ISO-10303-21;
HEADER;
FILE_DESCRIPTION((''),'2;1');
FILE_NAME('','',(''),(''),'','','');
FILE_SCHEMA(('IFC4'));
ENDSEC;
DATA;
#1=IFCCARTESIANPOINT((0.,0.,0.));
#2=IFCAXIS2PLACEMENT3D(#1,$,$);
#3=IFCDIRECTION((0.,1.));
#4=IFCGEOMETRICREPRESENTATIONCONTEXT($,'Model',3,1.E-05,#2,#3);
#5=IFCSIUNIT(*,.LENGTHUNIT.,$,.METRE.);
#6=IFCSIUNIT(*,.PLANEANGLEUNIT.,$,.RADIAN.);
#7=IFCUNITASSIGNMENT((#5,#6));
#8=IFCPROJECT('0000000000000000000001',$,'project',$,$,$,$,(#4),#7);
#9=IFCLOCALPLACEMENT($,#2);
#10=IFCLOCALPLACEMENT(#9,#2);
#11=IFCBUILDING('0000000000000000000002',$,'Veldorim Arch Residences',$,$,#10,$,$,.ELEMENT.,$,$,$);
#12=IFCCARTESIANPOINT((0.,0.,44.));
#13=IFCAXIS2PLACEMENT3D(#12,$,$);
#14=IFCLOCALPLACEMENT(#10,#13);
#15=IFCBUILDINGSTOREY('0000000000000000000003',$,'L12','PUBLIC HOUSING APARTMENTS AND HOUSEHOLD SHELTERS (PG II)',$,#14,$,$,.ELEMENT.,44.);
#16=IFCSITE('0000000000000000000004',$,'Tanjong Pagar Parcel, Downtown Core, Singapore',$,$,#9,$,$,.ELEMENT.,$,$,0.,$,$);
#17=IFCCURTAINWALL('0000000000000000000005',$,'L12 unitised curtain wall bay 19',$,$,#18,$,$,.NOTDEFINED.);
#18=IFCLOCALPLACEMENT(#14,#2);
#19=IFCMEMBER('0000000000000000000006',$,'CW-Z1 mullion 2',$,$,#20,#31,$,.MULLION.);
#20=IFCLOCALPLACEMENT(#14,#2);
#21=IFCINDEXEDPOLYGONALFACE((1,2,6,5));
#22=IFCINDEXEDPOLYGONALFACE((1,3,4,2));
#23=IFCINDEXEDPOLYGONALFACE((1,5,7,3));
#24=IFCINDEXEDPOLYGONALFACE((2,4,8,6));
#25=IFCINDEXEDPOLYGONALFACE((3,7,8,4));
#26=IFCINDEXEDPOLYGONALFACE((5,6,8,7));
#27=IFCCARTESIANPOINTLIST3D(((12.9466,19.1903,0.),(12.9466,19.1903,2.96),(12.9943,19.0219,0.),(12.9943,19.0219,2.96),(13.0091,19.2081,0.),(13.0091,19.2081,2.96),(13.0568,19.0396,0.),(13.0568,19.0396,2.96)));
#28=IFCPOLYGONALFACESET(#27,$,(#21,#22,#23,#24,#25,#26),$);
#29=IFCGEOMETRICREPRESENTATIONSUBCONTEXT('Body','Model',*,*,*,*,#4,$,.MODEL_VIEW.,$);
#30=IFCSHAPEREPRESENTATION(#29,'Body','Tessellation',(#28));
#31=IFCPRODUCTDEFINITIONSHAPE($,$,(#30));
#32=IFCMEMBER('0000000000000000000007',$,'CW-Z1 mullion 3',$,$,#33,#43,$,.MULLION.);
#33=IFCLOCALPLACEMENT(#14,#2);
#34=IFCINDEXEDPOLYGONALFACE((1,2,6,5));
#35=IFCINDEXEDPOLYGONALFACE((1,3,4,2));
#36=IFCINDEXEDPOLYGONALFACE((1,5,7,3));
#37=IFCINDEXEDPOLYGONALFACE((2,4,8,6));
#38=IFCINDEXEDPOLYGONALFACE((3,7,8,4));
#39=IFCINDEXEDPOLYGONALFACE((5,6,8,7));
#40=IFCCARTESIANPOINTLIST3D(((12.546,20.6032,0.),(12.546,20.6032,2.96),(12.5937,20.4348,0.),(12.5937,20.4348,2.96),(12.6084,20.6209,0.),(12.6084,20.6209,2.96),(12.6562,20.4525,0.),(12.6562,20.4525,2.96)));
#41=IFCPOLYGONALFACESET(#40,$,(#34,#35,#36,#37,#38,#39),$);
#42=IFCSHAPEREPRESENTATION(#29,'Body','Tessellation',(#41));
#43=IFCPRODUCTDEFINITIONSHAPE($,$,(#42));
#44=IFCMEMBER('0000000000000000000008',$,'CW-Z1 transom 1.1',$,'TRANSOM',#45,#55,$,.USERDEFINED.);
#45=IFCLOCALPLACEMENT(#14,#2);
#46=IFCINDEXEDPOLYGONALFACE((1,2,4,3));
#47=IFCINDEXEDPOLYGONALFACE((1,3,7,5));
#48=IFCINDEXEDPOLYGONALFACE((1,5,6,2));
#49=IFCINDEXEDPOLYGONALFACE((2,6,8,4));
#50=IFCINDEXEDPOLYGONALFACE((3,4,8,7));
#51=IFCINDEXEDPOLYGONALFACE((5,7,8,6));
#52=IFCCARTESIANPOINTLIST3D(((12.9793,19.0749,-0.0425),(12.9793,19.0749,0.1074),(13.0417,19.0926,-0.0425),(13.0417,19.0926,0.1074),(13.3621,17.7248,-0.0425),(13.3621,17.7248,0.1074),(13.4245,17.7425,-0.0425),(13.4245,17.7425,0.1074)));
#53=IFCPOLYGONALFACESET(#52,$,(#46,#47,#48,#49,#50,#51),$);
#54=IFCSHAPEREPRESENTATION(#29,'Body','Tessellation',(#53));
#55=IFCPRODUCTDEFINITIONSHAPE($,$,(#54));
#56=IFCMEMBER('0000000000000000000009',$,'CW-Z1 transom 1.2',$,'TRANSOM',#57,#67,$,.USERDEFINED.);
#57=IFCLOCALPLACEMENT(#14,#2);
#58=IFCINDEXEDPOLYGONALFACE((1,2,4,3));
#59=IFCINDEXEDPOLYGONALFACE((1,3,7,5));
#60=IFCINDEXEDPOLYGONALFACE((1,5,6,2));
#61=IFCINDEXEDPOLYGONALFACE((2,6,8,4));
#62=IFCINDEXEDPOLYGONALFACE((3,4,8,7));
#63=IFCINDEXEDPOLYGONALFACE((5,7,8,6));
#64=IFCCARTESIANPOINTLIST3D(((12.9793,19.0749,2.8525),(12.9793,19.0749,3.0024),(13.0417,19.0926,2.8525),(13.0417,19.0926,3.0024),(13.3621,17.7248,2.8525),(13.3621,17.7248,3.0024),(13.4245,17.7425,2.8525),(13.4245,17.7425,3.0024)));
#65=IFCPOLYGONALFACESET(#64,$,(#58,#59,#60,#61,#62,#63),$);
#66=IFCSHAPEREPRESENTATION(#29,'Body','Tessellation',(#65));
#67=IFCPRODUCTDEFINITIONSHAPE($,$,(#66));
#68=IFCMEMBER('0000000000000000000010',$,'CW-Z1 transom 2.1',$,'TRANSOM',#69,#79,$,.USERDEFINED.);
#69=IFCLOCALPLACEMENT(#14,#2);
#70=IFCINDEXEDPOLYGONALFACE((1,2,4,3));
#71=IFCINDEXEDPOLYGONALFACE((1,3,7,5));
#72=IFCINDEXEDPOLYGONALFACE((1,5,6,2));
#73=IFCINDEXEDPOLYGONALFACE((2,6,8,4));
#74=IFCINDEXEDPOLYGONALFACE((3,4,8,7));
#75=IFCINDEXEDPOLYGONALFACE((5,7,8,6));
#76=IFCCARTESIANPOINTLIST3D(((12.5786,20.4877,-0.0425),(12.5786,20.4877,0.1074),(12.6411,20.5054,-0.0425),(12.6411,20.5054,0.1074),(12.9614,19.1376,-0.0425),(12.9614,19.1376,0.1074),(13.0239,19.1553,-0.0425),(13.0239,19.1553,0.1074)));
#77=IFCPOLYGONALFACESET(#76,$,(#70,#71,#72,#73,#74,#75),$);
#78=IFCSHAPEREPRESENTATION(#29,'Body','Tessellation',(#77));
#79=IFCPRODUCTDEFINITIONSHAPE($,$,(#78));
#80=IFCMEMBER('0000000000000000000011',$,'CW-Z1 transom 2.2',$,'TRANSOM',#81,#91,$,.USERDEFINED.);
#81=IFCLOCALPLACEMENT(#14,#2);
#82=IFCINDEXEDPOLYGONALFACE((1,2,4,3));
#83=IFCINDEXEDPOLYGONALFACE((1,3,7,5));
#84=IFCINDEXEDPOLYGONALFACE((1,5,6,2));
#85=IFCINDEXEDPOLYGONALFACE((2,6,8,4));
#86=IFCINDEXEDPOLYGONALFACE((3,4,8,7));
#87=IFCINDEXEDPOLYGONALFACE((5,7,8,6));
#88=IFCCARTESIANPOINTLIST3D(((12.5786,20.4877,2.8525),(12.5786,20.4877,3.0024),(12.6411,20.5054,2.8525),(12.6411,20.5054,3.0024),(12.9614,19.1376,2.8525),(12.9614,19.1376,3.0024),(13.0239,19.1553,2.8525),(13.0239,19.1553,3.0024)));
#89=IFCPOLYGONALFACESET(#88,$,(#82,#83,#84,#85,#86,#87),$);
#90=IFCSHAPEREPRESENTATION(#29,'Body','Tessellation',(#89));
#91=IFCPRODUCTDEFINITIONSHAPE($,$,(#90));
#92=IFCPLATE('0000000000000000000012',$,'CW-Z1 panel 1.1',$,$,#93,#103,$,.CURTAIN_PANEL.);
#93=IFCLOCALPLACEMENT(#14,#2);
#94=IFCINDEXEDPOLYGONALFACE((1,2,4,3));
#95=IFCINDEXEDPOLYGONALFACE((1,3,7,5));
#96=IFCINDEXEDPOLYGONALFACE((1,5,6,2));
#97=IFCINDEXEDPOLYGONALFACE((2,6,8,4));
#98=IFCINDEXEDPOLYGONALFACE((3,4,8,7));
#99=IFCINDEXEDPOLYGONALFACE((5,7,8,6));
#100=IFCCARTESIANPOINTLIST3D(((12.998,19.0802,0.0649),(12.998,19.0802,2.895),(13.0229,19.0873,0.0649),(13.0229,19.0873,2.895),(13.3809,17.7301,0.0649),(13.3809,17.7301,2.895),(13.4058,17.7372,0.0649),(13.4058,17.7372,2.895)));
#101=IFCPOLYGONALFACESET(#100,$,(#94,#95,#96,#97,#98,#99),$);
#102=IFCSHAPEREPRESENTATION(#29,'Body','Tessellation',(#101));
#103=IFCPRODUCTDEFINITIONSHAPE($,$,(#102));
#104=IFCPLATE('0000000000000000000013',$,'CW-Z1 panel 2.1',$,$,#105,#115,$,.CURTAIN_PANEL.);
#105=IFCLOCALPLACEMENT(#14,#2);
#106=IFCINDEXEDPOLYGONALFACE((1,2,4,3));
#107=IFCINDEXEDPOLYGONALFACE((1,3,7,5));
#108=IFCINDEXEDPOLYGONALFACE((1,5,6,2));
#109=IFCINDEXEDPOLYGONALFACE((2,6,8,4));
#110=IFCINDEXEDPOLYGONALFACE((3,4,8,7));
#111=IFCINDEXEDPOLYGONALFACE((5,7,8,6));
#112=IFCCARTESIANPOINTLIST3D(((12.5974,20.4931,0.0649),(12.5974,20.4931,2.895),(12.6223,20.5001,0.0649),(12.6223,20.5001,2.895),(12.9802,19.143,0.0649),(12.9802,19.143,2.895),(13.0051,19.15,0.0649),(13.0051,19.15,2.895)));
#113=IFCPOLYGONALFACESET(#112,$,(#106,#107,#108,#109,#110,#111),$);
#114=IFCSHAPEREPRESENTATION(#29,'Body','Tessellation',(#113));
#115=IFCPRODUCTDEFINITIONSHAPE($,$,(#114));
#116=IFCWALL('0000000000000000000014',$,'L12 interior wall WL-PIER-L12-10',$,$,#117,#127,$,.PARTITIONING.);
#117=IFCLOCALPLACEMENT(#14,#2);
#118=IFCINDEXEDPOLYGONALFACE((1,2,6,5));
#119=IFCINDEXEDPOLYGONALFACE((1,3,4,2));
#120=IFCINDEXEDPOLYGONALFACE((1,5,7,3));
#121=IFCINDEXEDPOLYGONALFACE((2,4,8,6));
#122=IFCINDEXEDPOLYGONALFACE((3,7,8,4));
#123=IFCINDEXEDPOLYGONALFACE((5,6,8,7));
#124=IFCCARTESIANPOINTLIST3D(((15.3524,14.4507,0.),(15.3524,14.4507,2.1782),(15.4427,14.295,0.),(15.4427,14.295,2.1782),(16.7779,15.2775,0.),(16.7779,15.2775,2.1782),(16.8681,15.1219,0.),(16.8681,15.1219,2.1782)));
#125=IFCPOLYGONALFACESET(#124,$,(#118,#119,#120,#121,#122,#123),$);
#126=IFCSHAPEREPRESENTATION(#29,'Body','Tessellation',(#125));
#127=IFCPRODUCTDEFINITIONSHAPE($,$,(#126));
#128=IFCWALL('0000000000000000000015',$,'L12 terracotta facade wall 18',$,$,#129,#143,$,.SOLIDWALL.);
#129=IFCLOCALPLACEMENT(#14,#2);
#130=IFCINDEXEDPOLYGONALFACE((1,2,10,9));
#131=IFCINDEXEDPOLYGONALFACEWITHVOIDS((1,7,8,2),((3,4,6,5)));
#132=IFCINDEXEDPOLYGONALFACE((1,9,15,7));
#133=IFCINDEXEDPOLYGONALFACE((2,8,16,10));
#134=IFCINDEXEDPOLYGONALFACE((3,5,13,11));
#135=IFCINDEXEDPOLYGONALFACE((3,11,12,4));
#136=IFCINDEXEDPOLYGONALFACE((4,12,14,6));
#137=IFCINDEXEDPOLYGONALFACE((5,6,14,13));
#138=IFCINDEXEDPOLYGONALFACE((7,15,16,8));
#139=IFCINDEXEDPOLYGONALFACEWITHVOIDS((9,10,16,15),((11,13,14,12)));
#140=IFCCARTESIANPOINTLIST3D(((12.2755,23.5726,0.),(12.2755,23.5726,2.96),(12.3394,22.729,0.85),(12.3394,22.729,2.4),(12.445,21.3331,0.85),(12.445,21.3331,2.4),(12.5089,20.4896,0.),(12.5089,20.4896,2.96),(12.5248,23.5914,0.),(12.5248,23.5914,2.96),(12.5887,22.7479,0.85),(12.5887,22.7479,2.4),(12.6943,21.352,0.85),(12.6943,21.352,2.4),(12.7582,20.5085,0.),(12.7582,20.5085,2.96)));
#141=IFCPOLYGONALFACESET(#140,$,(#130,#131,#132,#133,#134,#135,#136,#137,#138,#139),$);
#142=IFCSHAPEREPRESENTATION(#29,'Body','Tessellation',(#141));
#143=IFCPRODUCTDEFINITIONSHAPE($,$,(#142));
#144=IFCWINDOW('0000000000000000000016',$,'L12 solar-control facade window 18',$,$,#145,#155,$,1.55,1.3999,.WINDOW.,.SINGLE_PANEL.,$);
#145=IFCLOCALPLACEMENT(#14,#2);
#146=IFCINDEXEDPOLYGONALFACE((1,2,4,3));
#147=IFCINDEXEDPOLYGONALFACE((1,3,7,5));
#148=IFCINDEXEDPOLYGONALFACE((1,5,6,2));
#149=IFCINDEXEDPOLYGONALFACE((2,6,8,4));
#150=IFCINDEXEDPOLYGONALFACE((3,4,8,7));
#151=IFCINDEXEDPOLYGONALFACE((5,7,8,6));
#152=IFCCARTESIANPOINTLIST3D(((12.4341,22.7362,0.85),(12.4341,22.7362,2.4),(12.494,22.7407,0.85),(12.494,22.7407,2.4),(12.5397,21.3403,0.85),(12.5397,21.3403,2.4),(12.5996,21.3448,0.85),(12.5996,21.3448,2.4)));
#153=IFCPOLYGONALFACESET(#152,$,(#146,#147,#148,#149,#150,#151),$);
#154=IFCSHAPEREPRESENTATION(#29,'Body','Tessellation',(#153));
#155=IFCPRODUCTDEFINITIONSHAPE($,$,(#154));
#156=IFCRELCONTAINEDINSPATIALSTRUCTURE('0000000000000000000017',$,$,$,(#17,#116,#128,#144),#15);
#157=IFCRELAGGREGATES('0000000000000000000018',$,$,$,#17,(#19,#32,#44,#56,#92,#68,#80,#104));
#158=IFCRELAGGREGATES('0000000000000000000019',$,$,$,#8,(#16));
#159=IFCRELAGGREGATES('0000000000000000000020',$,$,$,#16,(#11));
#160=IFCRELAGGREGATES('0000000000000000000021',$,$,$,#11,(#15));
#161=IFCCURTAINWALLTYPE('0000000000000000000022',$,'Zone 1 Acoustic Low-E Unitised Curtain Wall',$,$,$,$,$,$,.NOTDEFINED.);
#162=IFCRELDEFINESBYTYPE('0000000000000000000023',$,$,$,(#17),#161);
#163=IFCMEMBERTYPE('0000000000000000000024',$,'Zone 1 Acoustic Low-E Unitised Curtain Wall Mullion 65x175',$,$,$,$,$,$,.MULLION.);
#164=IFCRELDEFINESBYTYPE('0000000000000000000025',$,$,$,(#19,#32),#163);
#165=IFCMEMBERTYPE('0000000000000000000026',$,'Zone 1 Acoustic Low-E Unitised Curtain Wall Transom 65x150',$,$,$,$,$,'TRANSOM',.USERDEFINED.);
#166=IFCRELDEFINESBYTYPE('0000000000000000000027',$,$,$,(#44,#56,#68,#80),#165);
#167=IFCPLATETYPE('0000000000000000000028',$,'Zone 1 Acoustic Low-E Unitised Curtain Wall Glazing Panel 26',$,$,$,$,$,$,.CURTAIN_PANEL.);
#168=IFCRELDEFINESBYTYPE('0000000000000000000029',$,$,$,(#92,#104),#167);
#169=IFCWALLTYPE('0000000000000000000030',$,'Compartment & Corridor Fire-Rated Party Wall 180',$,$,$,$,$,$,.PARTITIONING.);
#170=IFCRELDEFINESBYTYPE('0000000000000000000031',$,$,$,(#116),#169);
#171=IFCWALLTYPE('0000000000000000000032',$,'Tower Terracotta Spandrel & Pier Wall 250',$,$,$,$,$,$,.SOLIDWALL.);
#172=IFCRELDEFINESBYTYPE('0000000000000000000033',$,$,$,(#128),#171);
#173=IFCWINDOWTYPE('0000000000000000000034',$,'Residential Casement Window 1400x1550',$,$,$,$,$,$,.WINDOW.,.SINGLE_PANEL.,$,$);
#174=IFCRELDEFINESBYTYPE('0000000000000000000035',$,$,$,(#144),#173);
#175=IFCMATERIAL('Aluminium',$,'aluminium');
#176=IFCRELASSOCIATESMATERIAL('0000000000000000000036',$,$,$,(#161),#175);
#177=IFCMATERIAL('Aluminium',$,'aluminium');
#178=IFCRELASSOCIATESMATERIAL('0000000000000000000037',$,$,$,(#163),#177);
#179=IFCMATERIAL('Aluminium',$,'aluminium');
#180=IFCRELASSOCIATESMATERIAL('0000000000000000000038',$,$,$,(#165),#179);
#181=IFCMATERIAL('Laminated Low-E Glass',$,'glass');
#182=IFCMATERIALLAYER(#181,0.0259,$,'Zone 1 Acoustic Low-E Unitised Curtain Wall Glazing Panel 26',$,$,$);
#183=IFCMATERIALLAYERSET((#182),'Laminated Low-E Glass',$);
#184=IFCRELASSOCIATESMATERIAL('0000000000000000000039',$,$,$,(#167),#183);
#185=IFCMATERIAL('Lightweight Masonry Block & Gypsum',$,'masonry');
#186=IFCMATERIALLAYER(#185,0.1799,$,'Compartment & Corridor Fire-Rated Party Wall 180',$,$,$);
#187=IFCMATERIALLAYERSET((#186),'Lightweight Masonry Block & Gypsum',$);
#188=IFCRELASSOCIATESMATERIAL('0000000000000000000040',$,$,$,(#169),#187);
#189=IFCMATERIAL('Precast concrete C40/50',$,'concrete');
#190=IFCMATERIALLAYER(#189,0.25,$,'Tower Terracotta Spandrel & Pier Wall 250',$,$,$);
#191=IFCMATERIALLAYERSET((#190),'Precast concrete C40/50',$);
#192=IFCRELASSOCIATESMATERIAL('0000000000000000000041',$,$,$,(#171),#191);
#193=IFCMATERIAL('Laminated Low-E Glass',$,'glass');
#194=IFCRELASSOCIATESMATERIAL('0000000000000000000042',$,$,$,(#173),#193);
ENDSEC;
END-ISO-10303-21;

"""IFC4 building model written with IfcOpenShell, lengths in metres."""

from ifc_helpers import new_model, si_unit, direction, frame, frame_2d, origin, origin_2d, place, context, subcontext, project, spatial, rectangle, extrude, material, layer, layer_set, material_profile, profile_set, type_object, element, fill, aggregate, save


model = new_model("IFC4")

# Units and contexts
model_context = context("Model", 3, precision=1e-05, world=origin(), true_north=direction((0.0, 1.0)))
body_context = subcontext(model_context, "Body", "Model", "MODEL_VIEW")
ifc_project = project(units=[si_unit("LENGTHUNIT", "METRE"), si_unit("PLANEANGLEUNIT", "RADIAN")], contexts=[model_context])

# Site, building, storey
site_placement = place(None, origin())
site = spatial("IfcSite", under=ifc_project, at=site_placement, Name="Tanjong Pagar Parcel, Downtown Core, Singapore", CompositionType="ELEMENT", RefElevation=0.0)
building_placement = place(site_placement, origin())
building = spatial("IfcBuilding", under=site, at=building_placement, Name="Veldorim Arch Residences", CompositionType="ELEMENT")
storey_placement = place(building_placement, frame((0.0, 0.0, 44.0)))
storey = spatial("IfcBuildingStorey", under=building, at=storey_placement, Name="L12", Description="PUBLIC HOUSING APARTMENTS AND HOUSEHOLD SHELTERS (PG II)", CompositionType="ELEMENT", Elevation=44.0)

# Curtain wall, members, plates
ifc_material_1 = material(Name="Aluminium", Category="aluminium")
curtain_wall_type = type_object("IfcCurtainWallType", Name="Zone 1 Acoustic Low-E Unitised Curtain Wall", PredefinedType="NOTDEFINED", material=ifc_material_1)
curtain_wall_placement = place(storey_placement, origin())
curtain_wall = element("IfcCurtainWall", 1, at=curtain_wall_placement, inside=storey, type_object=curtain_wall_type, Name="L12 unitised curtain wall bay 19", PredefinedType="NOTDEFINED")
ifc_material_2 = material(Name="Aluminium", Category="aluminium")
ifc_material_profile_1 = material_profile(ifc_material_2, rectangle(XDim=0.0649, YDim=0.175, at=origin_2d()), Name="ALU_MUL_65x175")
ifc_profile_set_1 = profile_set([ifc_material_profile_1], Name="Aluminium")
member_type_1 = type_object("IfcMemberType", Name="Zone 1 Acoustic Low-E Unitised Curtain Wall Mullion 65x175", PredefinedType="MULLION", material=ifc_profile_set_1)
member_1_placement = place(storey_placement, frame((13.0017, 19.115, 0.0), z_axis=(0.0, 0.0, 1.0), x_axis=(-0.962071, -0.272798, 0.0)))
member_1 = element("IfcMember", 2, at=member_1_placement, type_object=member_type_1, Name="CW-Z1 mullion 2", PredefinedType="MULLION", context=body_context, shape_type="SweptSolid", body=[
    extrude(rectangle(XDim=0.0649, YDim=0.175, at=origin_2d()), origin(), (0.0, 0.0, 1.0), 2.96),
])
member_2_placement = place(storey_placement, frame((12.6011, 20.5278, 0.0), z_axis=(0.0, 0.0, 1.0), x_axis=(-0.962071, -0.272798, 0.0)))
member_2 = element("IfcMember", 3, at=member_2_placement, type_object=member_type_1, Name="CW-Z1 mullion 3", PredefinedType="MULLION", context=body_context, shape_type="SweptSolid", body=[
    extrude(rectangle(XDim=0.0649, YDim=0.175, at=origin_2d()), origin(), (0.0, 0.0, 1.0), 2.96),
])
ifc_material_3 = material(Name="Aluminium", Category="aluminium")
ifc_material_profile_2 = material_profile(ifc_material_3, rectangle(XDim=0.0649, YDim=0.1499, at=origin_2d()), Name="ALU_TRN_65x150")
ifc_profile_set_2 = profile_set([ifc_material_profile_2], Name="Aluminium")
member_type_2 = type_object("IfcMemberType", Name="Zone 1 Acoustic Low-E Unitised Curtain Wall Transom 65x150", ElementType="TRANSOM", PredefinedType="USERDEFINED", material=ifc_profile_set_2)
member_3_placement = place(storey_placement, frame((13.3933, 17.7336, 0.0325), z_axis=(-0.27279, 0.962073, 0.0), x_axis=(-0.962073, -0.27279, 0.0)))
member_3 = element("IfcMember", 4, at=member_3_placement, type_object=member_type_2, Name="CW-Z1 transom 1.1", ObjectType="TRANSOM", PredefinedType="USERDEFINED", context=body_context, shape_type="SweptSolid", body=[
    extrude(rectangle(XDim=0.0649, YDim=0.1499, at=origin_2d()), origin(), (0.0, 0.0, 1.0), 1.4033),
])
member_4_placement = place(storey_placement, frame((13.3933, 17.7336, 2.9275), z_axis=(-0.27279, 0.962073, 0.0), x_axis=(-0.962073, -0.27279, 0.0)))
member_4 = element("IfcMember", 5, at=member_4_placement, type_object=member_type_2, Name="CW-Z1 transom 1.2", ObjectType="TRANSOM", PredefinedType="USERDEFINED", context=body_context, shape_type="SweptSolid", body=[
    extrude(rectangle(XDim=0.0649, YDim=0.1499, at=origin_2d()), origin(), (0.0, 0.0, 1.0), 1.4033),
])
member_5_placement = place(storey_placement, frame((12.9927, 19.1465, 0.0325), z_axis=(-0.27279, 0.962073, 0.0), x_axis=(-0.962073, -0.27279, 0.0)))
member_5 = element("IfcMember", 6, at=member_5_placement, type_object=member_type_2, Name="CW-Z1 transom 2.1", ObjectType="TRANSOM", PredefinedType="USERDEFINED", context=body_context, shape_type="SweptSolid", body=[
    extrude(rectangle(XDim=0.0649, YDim=0.1499, at=origin_2d()), origin(), (0.0, 0.0, 1.0), 1.4033),
])
member_6_placement = place(storey_placement, frame((12.9927, 19.1465, 2.9275), z_axis=(-0.27279, 0.962073, 0.0), x_axis=(-0.962073, -0.27279, 0.0)))
member_6 = element("IfcMember", 7, at=member_6_placement, type_object=member_type_2, Name="CW-Z1 transom 2.2", ObjectType="TRANSOM", PredefinedType="USERDEFINED", context=body_context, shape_type="SweptSolid", body=[
    extrude(rectangle(XDim=0.0649, YDim=0.1499, at=origin_2d()), origin(), (0.0, 0.0, 1.0), 1.4033),
])
ifc_material_4 = material(Name="Laminated Low-E Glass", Category="glass")
ifc_layer_1 = layer(ifc_material_4, 0.0259, Name="Zone 1 Acoustic Low-E Unitised Curtain Wall Glazing Panel 26")
ifc_layer_set_1 = layer_set([ifc_layer_1], Name="Laminated Low-E Glass")
plate_type = type_object("IfcPlateType", Name="Zone 1 Acoustic Low-E Unitised Curtain Wall Glazing Panel 26", PredefinedType="CURTAIN_PANEL", material=ifc_layer_set_1)
plate_1_placement = place(storey_placement, frame((13.2019, 18.4087, 0.0649), z_axis=(0.0, 0.0, 1.0), x_axis=(-0.272798, 0.962071, 0.0)))
plate_1 = element("IfcPlate", 8, at=plate_1_placement, type_object=plate_type, Name="CW-Z1 panel 1.1", PredefinedType="CURTAIN_PANEL", context=body_context, shape_type="SweptSolid", body=[
    extrude(rectangle(XDim=1.4033, YDim=0.0259, at=origin_2d()), origin(), (0.0, 0.0, 1.0), 2.8301),
])
plate_2_placement = place(storey_placement, frame((12.8013, 19.8215, 0.0649), z_axis=(0.0, 0.0, 1.0), x_axis=(-0.272798, 0.962071, 0.0)))
plate_2 = element("IfcPlate", 9, at=plate_2_placement, type_object=plate_type, Name="CW-Z1 panel 2.1", PredefinedType="CURTAIN_PANEL", context=body_context, shape_type="SweptSolid", body=[
    extrude(rectangle(XDim=1.4033, YDim=0.0259, at=origin_2d()), origin(), (0.0, 0.0, 1.0), 2.8301),
])
aggregate(curtain_wall, [member_1, member_2, member_3, member_4, plate_1, member_5, member_6, plate_2])

# Wall
ifc_material_5 = material(Name="Lightweight Masonry Block & Gypsum", Category="masonry")
ifc_layer_2 = layer(ifc_material_5, 0.1799, Name="Compartment & Corridor Fire-Rated Party Wall 180")
ifc_layer_set_2 = layer_set([ifc_layer_2], Name="Lightweight Masonry Block & Gypsum")
wall_type_1 = type_object("IfcWallType", Name="Compartment & Corridor Fire-Rated Party Wall 180", PredefinedType="PARTITIONING", material=ifc_layer_set_2)
wall_1_placement = place(storey_placement, frame((16.823, 15.1997, 0.0), z_axis=(0.0, 0.0, 1.0), x_axis=(-0.865007, -0.50176, 0.0)))
element("IfcWall", 10, at=wall_1_placement, inside=storey, type_object=wall_type_1, Name="L12 interior wall WL-PIER-L12-10", PredefinedType="PARTITIONING", context=body_context, shape_type="SweptSolid", body=[
    extrude(rectangle(XDim=1.6479, YDim=0.1799, at=frame_2d((0.824, 0.0))), origin(), (0.0, 0.0, 1.0), 2.1782),
])

# Wall, opening, window
ifc_material_6 = material(Name="Precast concrete C40/50", Category="concrete")
ifc_layer_3 = layer(ifc_material_6, 0.25, Name="Tower Terracotta Spandrel & Pier Wall 250")
ifc_layer_set_3 = layer_set([ifc_layer_3], Name="Precast concrete C40/50")
wall_type_2 = type_object("IfcWallType", Name="Tower Terracotta Spandrel & Pier Wall 250", PredefinedType="SOLIDWALL", material=ifc_layer_set_3)
wall_2_placement = place(storey_placement, frame((12.6335, 20.499, 0.0), z_axis=(0.0, 0.0, 1.0), x_axis=(-0.075489, 0.997147, 0.0)))
wall_2 = element("IfcWall", 11, at=wall_2_placement, inside=storey, type_object=wall_type_2, Name="L12 terracotta facade wall 18", PredefinedType="SOLIDWALL", context=body_context, shape_type="SweptSolid", body=[
    extrude(rectangle(XDim=3.0918, YDim=0.25, at=frame_2d((1.5459, 0.0))), origin(), (0.0, 0.0, 1.0), 2.96),
])
opening_1_placement = place(wall_2_placement, frame((0.8459, 0.0, 0.8501)))
opening_1 = element("IfcOpeningElement", 12, at=opening_1_placement, cuts=wall_2, PredefinedType="OPENING", context=body_context, shape_type="SweptSolid", body=[
    extrude(rectangle(XDim=1.3999, YDim=1.55, at=frame_2d((0.7, 0.7749))), frame((0.0, 0.135, 0.0), z_axis=(0.0, -1.0, 0.0), x_axis=(1.0, 0.0, 0.0)), (0.0, 0.0, 1.0), 0.27),
])
ifc_material_7 = material(Name="Laminated Low-E Glass", Category="glass")
window_type = type_object("IfcWindowType", Name="Residential Casement Window 1400x1550", PartitioningType="SINGLE_PANEL", PredefinedType="WINDOW", material=ifc_material_7)
window_1_placement = place(opening_1_placement, origin())
window_1 = element("IfcWindow", 13, at=window_1_placement, inside=storey, type_object=window_type, Name="L12 solar-control facade window 18", OverallHeight=1.55, OverallWidth=1.3999, PartitioningType="SINGLE_PANEL", PredefinedType="WINDOW", context=body_context, shape_type="SweptSolid", body=[
    extrude(rectangle(XDim=1.3999, YDim=1.55, at=frame_2d((0.7, 0.7749))), frame((0.0, 0.03, 0.0), z_axis=(0.0, -1.0, 0.0), x_axis=(1.0, 0.0, 0.0)), (0.0, 0.0, 1.0), 0.0601),
])
fill(opening_1, window_1)

save(model, "model.ifc")
